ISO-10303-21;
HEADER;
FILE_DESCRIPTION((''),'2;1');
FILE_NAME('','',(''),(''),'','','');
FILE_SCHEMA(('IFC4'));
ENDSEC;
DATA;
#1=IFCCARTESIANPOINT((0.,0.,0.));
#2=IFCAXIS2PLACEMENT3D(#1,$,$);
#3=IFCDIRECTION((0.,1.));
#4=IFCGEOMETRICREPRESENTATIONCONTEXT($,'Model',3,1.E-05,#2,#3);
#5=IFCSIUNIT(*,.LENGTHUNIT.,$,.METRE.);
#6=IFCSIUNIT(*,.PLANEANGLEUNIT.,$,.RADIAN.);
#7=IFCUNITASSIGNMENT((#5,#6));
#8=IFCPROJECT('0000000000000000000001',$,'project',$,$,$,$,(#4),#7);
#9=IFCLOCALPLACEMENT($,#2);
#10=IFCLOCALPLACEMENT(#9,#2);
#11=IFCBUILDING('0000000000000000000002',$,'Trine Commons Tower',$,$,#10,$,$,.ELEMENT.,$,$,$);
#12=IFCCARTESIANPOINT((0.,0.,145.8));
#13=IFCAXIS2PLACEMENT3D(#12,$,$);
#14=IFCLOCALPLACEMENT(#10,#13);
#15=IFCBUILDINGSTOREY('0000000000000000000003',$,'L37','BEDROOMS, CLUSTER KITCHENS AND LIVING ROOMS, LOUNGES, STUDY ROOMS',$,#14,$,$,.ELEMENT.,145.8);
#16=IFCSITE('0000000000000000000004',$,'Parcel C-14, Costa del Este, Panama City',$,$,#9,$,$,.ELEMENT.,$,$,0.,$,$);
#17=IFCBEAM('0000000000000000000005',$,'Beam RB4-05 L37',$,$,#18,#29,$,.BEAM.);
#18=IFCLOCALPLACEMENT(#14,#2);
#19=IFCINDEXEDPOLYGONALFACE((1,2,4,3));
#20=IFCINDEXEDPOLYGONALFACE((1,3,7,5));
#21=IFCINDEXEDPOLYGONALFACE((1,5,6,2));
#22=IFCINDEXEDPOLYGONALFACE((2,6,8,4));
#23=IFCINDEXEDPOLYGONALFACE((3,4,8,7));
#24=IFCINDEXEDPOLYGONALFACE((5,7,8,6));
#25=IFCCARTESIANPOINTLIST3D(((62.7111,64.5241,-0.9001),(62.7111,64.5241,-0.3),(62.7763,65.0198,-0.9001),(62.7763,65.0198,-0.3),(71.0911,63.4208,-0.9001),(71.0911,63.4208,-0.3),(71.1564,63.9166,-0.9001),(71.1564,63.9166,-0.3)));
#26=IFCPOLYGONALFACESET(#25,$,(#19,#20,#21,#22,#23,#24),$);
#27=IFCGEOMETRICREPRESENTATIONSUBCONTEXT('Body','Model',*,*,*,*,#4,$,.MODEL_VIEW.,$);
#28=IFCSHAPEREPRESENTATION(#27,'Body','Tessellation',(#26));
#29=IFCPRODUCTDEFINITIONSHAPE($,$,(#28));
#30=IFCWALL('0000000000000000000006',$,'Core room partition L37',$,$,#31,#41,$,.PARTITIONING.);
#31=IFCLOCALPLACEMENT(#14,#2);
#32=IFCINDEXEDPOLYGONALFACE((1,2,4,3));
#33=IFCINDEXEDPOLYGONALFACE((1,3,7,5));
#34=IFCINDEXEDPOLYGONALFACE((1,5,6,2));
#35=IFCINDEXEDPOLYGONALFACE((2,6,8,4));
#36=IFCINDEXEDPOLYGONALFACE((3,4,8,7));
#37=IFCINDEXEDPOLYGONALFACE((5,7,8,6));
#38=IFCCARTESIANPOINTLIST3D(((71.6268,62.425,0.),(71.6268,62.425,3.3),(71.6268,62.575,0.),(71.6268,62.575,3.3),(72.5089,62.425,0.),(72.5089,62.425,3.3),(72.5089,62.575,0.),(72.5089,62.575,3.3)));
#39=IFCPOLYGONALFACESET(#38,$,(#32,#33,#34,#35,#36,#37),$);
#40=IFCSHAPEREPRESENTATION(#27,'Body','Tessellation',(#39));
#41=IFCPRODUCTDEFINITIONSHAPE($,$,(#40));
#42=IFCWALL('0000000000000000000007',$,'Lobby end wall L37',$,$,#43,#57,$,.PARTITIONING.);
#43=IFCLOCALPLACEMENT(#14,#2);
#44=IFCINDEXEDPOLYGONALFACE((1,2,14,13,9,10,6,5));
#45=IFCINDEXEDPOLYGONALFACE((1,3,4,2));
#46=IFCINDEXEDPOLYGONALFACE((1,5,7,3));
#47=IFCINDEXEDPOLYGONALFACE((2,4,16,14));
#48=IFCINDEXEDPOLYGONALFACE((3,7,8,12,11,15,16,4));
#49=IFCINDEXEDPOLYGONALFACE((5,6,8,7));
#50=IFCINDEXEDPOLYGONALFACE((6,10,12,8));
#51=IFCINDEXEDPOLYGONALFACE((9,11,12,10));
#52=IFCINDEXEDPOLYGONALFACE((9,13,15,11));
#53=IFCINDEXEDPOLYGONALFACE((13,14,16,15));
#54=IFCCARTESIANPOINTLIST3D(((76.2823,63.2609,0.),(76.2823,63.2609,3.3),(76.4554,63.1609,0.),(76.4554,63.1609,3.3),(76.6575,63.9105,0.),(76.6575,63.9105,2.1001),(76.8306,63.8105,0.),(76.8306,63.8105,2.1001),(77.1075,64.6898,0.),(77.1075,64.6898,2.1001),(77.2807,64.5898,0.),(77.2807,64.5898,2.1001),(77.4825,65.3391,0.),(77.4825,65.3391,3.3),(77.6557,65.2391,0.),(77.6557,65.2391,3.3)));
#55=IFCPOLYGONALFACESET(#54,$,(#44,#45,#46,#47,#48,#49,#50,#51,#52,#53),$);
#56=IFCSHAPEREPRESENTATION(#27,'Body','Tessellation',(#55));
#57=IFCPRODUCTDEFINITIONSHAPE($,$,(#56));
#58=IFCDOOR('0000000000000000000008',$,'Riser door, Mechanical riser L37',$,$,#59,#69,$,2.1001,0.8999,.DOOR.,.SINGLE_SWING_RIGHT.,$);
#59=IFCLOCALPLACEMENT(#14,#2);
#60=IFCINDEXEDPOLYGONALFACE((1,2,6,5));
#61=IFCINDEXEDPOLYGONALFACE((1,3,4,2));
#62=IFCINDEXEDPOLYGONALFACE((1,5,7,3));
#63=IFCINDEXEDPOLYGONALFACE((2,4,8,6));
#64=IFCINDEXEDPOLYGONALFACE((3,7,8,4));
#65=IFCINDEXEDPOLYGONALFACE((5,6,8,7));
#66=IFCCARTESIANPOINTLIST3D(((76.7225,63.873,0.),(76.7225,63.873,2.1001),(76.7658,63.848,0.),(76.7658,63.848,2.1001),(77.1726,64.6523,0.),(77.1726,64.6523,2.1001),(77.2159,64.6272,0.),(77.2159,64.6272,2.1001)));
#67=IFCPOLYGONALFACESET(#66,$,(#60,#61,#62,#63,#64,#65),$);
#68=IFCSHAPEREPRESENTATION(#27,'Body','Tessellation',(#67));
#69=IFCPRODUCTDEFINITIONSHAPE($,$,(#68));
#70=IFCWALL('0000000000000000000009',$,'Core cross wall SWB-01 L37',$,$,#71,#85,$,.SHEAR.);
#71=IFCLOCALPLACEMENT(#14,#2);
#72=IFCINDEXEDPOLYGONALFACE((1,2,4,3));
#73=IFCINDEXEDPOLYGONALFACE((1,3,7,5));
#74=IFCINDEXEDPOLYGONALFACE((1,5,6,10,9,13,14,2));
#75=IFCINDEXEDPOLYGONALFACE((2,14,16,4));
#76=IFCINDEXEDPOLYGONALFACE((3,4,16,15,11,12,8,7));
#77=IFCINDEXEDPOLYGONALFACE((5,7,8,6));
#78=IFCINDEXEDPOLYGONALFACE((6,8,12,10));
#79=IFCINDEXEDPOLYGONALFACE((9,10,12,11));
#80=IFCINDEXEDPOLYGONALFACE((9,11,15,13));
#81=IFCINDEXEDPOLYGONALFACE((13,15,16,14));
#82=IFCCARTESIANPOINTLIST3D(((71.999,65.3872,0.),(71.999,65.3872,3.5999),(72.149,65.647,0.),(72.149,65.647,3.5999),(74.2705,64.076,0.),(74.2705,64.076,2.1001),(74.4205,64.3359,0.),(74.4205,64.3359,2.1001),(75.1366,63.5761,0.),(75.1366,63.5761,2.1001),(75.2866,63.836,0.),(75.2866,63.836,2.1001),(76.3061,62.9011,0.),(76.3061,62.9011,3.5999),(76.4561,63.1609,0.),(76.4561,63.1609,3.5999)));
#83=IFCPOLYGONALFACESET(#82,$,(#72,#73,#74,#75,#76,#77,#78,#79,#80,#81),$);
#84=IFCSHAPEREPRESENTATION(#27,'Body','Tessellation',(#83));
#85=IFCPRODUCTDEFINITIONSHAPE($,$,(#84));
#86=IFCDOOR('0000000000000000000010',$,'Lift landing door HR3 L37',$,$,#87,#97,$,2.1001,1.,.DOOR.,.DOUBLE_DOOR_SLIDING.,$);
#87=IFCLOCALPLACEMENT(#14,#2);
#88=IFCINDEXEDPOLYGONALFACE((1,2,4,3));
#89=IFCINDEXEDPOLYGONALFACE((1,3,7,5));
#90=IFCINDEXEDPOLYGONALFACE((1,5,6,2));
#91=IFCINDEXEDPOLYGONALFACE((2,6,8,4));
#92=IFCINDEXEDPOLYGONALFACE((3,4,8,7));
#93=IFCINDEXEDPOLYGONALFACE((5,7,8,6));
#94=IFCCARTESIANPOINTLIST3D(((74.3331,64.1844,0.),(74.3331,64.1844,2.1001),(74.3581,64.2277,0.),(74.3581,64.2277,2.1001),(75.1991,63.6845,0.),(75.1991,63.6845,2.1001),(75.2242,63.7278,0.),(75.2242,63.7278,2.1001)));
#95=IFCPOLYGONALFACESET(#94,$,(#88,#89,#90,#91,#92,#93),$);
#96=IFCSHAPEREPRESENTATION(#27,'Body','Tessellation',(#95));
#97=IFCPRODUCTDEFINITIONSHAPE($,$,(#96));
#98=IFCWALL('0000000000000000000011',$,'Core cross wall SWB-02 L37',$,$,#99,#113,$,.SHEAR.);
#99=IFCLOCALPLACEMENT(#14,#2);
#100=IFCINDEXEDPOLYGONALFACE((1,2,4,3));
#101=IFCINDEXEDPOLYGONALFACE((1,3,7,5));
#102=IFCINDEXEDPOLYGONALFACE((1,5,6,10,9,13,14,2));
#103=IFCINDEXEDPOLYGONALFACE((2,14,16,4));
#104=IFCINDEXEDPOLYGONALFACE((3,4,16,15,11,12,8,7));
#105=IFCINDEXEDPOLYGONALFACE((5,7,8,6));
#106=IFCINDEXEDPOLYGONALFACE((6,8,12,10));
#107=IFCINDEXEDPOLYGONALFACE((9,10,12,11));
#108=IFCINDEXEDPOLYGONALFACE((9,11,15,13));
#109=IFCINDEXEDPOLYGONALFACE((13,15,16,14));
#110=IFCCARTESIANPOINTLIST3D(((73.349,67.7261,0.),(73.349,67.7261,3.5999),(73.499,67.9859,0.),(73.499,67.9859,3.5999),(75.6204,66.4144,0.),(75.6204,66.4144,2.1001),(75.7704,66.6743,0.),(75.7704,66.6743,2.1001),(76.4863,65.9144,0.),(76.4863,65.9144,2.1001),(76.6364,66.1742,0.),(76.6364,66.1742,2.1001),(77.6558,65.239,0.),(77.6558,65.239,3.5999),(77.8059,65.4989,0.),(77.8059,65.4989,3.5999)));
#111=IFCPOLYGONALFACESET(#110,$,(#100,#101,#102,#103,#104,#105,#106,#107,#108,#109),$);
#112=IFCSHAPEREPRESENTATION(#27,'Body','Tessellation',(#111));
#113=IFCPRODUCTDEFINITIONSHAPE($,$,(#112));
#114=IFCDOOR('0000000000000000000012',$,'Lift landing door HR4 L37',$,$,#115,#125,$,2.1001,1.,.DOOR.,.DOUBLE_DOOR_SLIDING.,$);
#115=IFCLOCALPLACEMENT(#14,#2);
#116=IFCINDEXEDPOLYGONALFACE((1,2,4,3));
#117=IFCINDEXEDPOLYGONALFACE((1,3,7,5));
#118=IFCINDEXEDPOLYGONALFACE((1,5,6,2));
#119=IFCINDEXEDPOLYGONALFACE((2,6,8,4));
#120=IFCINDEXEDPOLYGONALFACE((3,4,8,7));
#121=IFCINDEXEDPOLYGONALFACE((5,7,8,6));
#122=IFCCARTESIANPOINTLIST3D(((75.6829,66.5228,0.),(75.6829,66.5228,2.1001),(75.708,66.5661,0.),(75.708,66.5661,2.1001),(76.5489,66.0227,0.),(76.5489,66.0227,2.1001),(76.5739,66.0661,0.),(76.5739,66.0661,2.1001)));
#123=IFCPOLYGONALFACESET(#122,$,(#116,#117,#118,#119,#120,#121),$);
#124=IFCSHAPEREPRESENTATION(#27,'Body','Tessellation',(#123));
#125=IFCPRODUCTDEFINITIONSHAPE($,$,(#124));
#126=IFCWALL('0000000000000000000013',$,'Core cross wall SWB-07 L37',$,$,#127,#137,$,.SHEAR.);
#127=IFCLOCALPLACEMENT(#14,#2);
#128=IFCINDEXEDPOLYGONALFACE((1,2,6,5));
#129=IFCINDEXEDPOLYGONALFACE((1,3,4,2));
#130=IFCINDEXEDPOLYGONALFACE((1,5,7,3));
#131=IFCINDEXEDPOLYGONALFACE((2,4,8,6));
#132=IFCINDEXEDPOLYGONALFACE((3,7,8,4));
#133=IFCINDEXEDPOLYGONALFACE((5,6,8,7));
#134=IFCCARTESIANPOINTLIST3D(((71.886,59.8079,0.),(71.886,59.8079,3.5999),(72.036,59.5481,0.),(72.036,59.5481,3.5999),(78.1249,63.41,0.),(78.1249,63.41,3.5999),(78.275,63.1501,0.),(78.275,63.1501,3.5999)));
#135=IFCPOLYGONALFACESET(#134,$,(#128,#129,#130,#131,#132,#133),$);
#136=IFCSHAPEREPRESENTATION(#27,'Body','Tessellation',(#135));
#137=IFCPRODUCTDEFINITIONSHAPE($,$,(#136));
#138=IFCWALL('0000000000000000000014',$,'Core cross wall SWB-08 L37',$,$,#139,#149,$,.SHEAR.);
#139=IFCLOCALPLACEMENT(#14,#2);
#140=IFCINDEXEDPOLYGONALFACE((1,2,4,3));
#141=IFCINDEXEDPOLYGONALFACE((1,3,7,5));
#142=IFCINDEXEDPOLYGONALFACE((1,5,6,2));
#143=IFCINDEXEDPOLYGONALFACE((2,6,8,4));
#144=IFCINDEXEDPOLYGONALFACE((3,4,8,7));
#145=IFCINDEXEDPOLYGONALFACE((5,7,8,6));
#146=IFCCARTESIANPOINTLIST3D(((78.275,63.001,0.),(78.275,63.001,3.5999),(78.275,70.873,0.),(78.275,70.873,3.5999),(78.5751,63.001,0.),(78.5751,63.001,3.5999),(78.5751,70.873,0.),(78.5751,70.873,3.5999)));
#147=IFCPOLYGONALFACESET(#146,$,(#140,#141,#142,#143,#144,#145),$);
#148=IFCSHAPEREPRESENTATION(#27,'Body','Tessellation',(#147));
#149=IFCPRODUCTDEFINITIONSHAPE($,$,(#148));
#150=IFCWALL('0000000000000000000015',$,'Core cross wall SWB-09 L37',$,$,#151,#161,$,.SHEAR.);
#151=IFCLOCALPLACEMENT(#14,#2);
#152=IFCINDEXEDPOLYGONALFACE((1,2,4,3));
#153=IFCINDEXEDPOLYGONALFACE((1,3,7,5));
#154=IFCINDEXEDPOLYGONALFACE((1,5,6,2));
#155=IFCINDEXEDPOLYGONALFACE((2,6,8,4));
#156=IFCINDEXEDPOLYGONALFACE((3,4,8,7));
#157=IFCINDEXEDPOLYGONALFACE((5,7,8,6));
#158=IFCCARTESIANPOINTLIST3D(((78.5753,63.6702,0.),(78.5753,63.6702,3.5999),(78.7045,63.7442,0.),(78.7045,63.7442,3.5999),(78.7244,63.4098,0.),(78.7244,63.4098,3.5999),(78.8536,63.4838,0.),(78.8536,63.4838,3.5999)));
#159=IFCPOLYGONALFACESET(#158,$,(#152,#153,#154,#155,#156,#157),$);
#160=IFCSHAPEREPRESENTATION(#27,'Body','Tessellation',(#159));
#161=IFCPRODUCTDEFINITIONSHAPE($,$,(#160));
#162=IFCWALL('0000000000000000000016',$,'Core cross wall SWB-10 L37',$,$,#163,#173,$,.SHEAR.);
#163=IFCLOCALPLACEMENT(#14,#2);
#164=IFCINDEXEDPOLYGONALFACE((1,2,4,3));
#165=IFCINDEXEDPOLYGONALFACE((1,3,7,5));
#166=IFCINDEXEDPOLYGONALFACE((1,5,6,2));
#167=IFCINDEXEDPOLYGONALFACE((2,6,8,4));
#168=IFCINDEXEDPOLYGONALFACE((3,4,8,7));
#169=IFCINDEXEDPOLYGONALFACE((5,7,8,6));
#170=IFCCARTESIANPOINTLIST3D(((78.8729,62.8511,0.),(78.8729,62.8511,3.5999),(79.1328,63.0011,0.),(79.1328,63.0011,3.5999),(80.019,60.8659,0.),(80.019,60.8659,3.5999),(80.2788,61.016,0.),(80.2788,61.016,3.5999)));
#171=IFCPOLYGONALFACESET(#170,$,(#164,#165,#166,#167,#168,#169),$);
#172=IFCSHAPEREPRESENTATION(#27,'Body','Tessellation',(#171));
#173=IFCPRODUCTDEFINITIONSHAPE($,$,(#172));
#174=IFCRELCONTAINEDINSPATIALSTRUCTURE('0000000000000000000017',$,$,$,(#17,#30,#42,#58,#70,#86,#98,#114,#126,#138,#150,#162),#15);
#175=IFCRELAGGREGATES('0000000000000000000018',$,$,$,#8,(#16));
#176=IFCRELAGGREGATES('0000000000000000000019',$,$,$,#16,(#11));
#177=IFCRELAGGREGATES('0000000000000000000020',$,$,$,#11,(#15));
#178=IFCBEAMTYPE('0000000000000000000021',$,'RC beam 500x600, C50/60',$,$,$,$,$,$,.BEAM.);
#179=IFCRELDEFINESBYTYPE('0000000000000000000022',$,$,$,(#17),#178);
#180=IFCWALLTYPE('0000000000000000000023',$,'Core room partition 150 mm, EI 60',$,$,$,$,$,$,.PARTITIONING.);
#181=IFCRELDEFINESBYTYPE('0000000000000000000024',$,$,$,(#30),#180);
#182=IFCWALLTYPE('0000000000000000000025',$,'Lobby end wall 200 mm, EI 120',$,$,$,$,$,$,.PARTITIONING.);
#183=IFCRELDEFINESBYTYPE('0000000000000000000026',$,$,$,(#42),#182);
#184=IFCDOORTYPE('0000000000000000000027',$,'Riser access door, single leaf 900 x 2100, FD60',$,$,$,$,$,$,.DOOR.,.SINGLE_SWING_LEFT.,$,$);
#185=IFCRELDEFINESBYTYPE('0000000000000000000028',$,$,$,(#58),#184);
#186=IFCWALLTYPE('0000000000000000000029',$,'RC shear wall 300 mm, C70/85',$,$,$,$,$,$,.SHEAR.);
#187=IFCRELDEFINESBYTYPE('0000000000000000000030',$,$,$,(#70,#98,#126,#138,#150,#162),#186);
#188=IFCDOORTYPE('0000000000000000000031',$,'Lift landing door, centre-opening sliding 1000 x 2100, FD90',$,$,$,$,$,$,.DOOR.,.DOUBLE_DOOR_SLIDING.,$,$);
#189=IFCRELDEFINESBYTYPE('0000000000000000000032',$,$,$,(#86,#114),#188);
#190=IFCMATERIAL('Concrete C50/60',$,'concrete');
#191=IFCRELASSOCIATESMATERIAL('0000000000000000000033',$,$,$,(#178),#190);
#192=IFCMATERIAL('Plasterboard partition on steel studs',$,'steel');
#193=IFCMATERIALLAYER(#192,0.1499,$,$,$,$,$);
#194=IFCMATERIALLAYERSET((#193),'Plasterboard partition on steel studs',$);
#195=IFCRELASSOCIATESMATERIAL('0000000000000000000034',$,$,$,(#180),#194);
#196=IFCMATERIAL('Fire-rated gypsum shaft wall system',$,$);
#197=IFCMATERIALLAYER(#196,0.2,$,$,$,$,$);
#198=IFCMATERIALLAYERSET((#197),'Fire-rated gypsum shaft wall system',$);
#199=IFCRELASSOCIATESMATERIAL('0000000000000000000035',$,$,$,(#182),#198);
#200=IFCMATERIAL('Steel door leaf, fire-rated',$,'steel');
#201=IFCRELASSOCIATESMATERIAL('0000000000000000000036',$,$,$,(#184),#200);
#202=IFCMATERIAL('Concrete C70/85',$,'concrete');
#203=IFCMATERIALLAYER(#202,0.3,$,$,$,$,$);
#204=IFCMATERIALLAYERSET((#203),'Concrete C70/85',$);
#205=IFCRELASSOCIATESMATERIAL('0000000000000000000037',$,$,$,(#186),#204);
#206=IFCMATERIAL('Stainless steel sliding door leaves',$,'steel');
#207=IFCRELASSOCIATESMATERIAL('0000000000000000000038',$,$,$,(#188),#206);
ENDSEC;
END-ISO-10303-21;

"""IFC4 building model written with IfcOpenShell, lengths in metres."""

from ifc_helpers import new_model, si_unit, direction, frame, frame_2d, origin, origin_2d, place, context, subcontext, project, spatial, rectangle, extrude, material, layer, layer_set, material_profile, profile_set, type_object, element, fill, save


model = new_model("IFC4")

# Units and contexts
model_context = context("Model", 3, precision=1e-05, world=origin(), true_north=direction((0.0, 1.0)))
body_context = subcontext(model_context, "Body", "Model", "MODEL_VIEW")
ifc_project = project(units=[si_unit("LENGTHUNIT", "METRE"), si_unit("PLANEANGLEUNIT", "RADIAN")], contexts=[model_context])

# Site, building, storey
site_placement = place(None, origin())
site = spatial("IfcSite", under=ifc_project, at=site_placement, Name="Parcel C-14, Costa del Este, Panama City", CompositionType="ELEMENT", RefElevation=0.0)
building_placement = place(site_placement, origin())
building = spatial("IfcBuilding", under=site, at=building_placement, Name="Trine Commons Tower", CompositionType="ELEMENT")
storey_placement = place(building_placement, frame((0.0, 0.0, 145.8)))
storey = spatial("IfcBuildingStorey", under=building, at=storey_placement, Name="L37", Description="BEDROOMS, CLUSTER KITCHENS AND LIVING ROOMS, LOUNGES, STUDY ROOMS", CompositionType="ELEMENT", Elevation=145.8)

# Beam
ifc_material_1 = material(Name="Concrete C50/60", Category="concrete")
ifc_material_profile = material_profile(ifc_material_1, rectangle(XDim=0.5, YDim=0.6001, at=origin_2d()), Name="RC 500x600")
ifc_profile_set = profile_set([ifc_material_profile], Name="Concrete C50/60")
beam_type = type_object("IfcBeamType", Name="RC beam 500x600, C50/60", PredefinedType="BEAM", material=ifc_profile_set)
beam_placement = place(storey_placement, frame((71.1238, 63.6687, -0.6001), z_axis=(-0.991445, 0.130527, 0.0), x_axis=(-0.130527, -0.991445, 0.0)))
element("IfcBeam", 1, at=beam_placement, inside=storey, type_object=beam_type, Name="Beam RB4-05 L37", PredefinedType="BEAM", context=body_context, shape_type="SweptSolid", body=[
    extrude(rectangle(XDim=0.5, YDim=0.6001, at=origin_2d()), origin(), (0.0, 0.0, 1.0), 8.4524),
])

# Wall
ifc_material_2 = material(Name="Plasterboard partition on steel studs", Category="steel")
ifc_layer_1 = layer(ifc_material_2, 0.1499)
ifc_layer_set_1 = layer_set([ifc_layer_1], Name="Plasterboard partition on steel studs")
wall_type_1 = type_object("IfcWallType", Name="Core room partition 150 mm, EI 60", PredefinedType="PARTITIONING", material=ifc_layer_set_1)
wall_1_placement = place(storey_placement, frame((71.627, 62.5, 0.0), z_axis=(0.0, 0.0, 1.0), x_axis=(1.0, 0.0, 0.0)))
element("IfcWall", 2, at=wall_1_placement, inside=storey, type_object=wall_type_1, Name="Core room partition L37", PredefinedType="PARTITIONING", context=body_context, shape_type="SweptSolid", body=[
    extrude(rectangle(XDim=0.8821, YDim=0.1499, at=frame_2d((0.4409, 0.0))), origin(), (0.0, 0.0, 1.0), 3.3),
])

# Walls, openings, doors
ifc_material_3 = material(Name="Fire-rated gypsum shaft wall system")
ifc_layer_2 = layer(ifc_material_3, 0.2)
ifc_layer_set_2 = layer_set([ifc_layer_2], Name="Fire-rated gypsum shaft wall system")
wall_type_2 = type_object("IfcWallType", Name="Lobby end wall 200 mm, EI 120", PredefinedType="PARTITIONING", material=ifc_layer_set_2)
wall_2_placement = place(storey_placement, frame((77.5691, 65.2891, 0.0), z_axis=(0.0, 0.0, 1.0), x_axis=(-0.500122, -0.865955, 0.0)))
wall_2 = element("IfcWall", 3, at=wall_2_placement, inside=storey, type_object=wall_type_2, Name="Lobby end wall L37", PredefinedType="PARTITIONING", context=body_context, shape_type="SweptSolid", body=[
    extrude(rectangle(XDim=2.3999, YDim=0.2, at=frame_2d((1.2, 0.0))), origin(), (0.0, 0.0, 1.0), 3.3),
])
opening_1_placement = place(wall_2_placement, frame((0.7498, 0.0, 0.0)))
opening_1 = element("IfcOpeningElement", 4, at=opening_1_placement, cuts=wall_2, PredefinedType="OPENING", context=body_context, shape_type="SweptSolid", body=[
    extrude(rectangle(XDim=0.8999, YDim=2.1001, at=frame_2d((0.45, 1.05))), frame((0.0, 0.1099, 0.0), z_axis=(0.0, -1.0, 0.0), x_axis=(1.0, 0.0, 0.0)), (0.0, 0.0, 1.0), 0.22),
])
ifc_material_4 = material(Name="Steel door leaf, fire-rated", Category="steel")
door_type_1 = type_object("IfcDoorType", Name="Riser access door, single leaf 900 x 2100, FD60", OperationType="SINGLE_SWING_LEFT", PredefinedType="DOOR", material=ifc_material_4)
door_1_placement = place(opening_1_placement, frame((0.8999, 0.0, 0.0), z_axis=(0.0, 0.0, 1.0), x_axis=(-1.0, 0.0, 0.0)))
door_1 = element("IfcDoor", 5, at=door_1_placement, inside=storey, type_object=door_type_1, Name="Riser door, Mechanical riser L37", OperationType="SINGLE_SWING_RIGHT", OverallHeight=2.1001, OverallWidth=0.8999, PredefinedType="DOOR", context=body_context, shape_type="SweptSolid", body=[
    extrude(rectangle(XDim=0.8999, YDim=2.1001, at=frame_2d((0.45, 1.05))), frame((0.0, 0.0249, 0.0), z_axis=(0.0, -1.0, 0.0), x_axis=(1.0, 0.0, 0.0)), (0.0, 0.0, 1.0), 0.05),
])
fill(opening_1, door_1)
ifc_material_5 = material(Name="Concrete C70/85", Category="concrete")
ifc_layer_3 = layer(ifc_material_5, 0.3)
ifc_layer_set_3 = layer_set([ifc_layer_3], Name="Concrete C70/85")
wall_type_3 = type_object("IfcWallType", Name="RC shear wall 300 mm, C70/85", PredefinedType="SHEAR", material=ifc_layer_set_3)
wall_3_placement = place(storey_placement, frame((76.3811, 63.031, 0.0), z_axis=(0.0, 0.0, 1.0), x_axis=(-0.866081, 0.499904, 0.0)))
wall_3 = element("IfcWall", 6, at=wall_3_placement, inside=storey, type_object=wall_type_3, Name="Core cross wall SWB-01 L37", PredefinedType="SHEAR", context=body_context, shape_type="SweptSolid", body=[
    extrude(rectangle(XDim=4.9731, YDim=0.3, at=frame_2d((2.4866, 0.0))), origin(), (0.0, 0.0, 1.0), 3.5999),
])
opening_2_placement = place(wall_3_placement, frame((1.3503, 0.0, 0.0)))
opening_2 = element("IfcOpeningElement", 7, at=opening_2_placement, cuts=wall_3, PredefinedType="OPENING", context=body_context, shape_type="SweptSolid", body=[
    extrude(rectangle(XDim=1.0, YDim=2.1001, at=frame_2d((0.5, 1.05))), frame((0.0, 0.1599, 0.0), z_axis=(0.0, -1.0, 0.0), x_axis=(1.0, 0.0, 0.0)), (0.0, 0.0, 1.0), 0.3201),
])
ifc_material_6 = material(Name="Stainless steel sliding door leaves", Category="steel")
door_type_2 = type_object("IfcDoorType", Name="Lift landing door, centre-opening sliding 1000 x 2100, FD90", OperationType="DOUBLE_DOOR_SLIDING", PredefinedType="DOOR", material=ifc_material_6)
door_2_placement = place(opening_2_placement, origin())
door_2 = element("IfcDoor", 8, at=door_2_placement, inside=storey, type_object=door_type_2, Name="Lift landing door HR3 L37", OperationType="DOUBLE_DOOR_SLIDING", OverallHeight=2.1001, OverallWidth=1.0, PredefinedType="DOOR", context=body_context, shape_type="SweptSolid", body=[
    extrude(rectangle(XDim=1.0, YDim=2.1001, at=frame_2d((0.5, 1.05))), frame((0.0, 0.0249, 0.0), z_axis=(0.0, -1.0, 0.0), x_axis=(1.0, 0.0, 0.0)), (0.0, 0.0, 1.0), 0.05),
])
fill(opening_2, door_2)
wall_4_placement = place(storey_placement, frame((77.731, 65.3689, 0.0), z_axis=(0.0, 0.0, 1.0), x_axis=(-0.865984, 0.500072, 0.0)))
wall_4 = element("IfcWall", 9, at=wall_4_placement, inside=storey, type_object=wall_type_3, Name="Core cross wall SWB-02 L37", PredefinedType="SHEAR", context=body_context, shape_type="SweptSolid", body=[
    extrude(rectangle(XDim=4.9734, YDim=0.3, at=frame_2d((2.4868, 0.0))), origin(), (0.0, 0.0, 1.0), 3.5999),
])
opening_3_placement = place(wall_4_placement, frame((1.3506, 0.0, 0.0)))
opening_3 = element("IfcOpeningElement", 10, at=opening_3_placement, cuts=wall_4, PredefinedType="OPENING", context=body_context, shape_type="SweptSolid", body=[
    extrude(rectangle(XDim=1.0, YDim=2.1001, at=frame_2d((0.5, 1.05))), frame((0.0, 0.1599, 0.0), z_axis=(0.0, -1.0, 0.0), x_axis=(1.0, 0.0, 0.0)), (0.0, 0.0, 1.0), 0.3201),
])
door_3_placement = place(opening_3_placement, origin())
door_3 = element("IfcDoor", 11, at=door_3_placement, inside=storey, type_object=door_type_2, Name="Lift landing door HR4 L37", OperationType="DOUBLE_DOOR_SLIDING", OverallHeight=2.1001, OverallWidth=1.0, PredefinedType="DOOR", context=body_context, shape_type="SweptSolid", body=[
    extrude(rectangle(XDim=1.0, YDim=2.1001, at=frame_2d((0.5, 1.05))), frame((0.0, 0.0249, 0.0), z_axis=(0.0, -1.0, 0.0), x_axis=(1.0, 0.0, 0.0)), (0.0, 0.0, 1.0), 0.05),
])
fill(opening_3, door_3)

# Walls
wall_5_placement = place(storey_placement, frame((78.2, 63.28, 0.0), z_axis=(0.0, 0.0, 1.0), x_axis=(-0.866028, -0.499995, 0.0)))
element("IfcWall", 12, at=wall_5_placement, inside=storey, type_object=wall_type_3, Name="Core cross wall SWB-07 L37", PredefinedType="SHEAR", context=body_context, shape_type="SweptSolid", body=[
    extrude(rectangle(XDim=7.2041, YDim=0.3, at=frame_2d((3.6021, 0.0))), origin(), (0.0, 0.0, 1.0), 3.5999),
])
wall_6_placement = place(storey_placement, frame((78.425, 63.001, 0.0), z_axis=(0.0, 0.0, 1.0), x_axis=(0.0, 1.0, 0.0)))
element("IfcWall", 13, at=wall_6_placement, inside=storey, type_object=wall_type_3, Name="Core cross wall SWB-08 L37", PredefinedType="SHEAR", context=body_context, shape_type="SweptSolid", body=[
    extrude(rectangle(XDim=7.8721, YDim=0.3, at=frame_2d((3.936, 0.0))), origin(), (0.0, 0.0, 1.0), 3.5999),
])
wall_7_placement = place(storey_placement, frame((78.7791, 63.614, 0.0), z_axis=(0.0, 0.0, 1.0), x_axis=(-0.867738, -0.497022, 0.0)))
element("IfcWall", 14, at=wall_7_placement, inside=storey, type_object=wall_type_3, Name="Core cross wall SWB-09 L37", PredefinedType="SHEAR", context=body_context, shape_type="SweptSolid", body=[
    extrude(rectangle(XDim=0.1489, YDim=0.3, at=frame_2d((0.0745, 0.0))), origin(), (0.0, 0.0, 1.0), 3.5999),
])
wall_8_placement = place(storey_placement, frame((79.0029, 62.926, 0.0), z_axis=(0.0, 0.0, 1.0), x_axis=(0.499965, -0.866045, 0.0)))
element("IfcWall", 15, at=wall_8_placement, inside=storey, type_object=wall_type_3, Name="Core cross wall SWB-10 L37", PredefinedType="SHEAR", context=body_context, shape_type="SweptSolid", body=[
    extrude(rectangle(XDim=2.2922, YDim=0.3, at=frame_2d((1.146, 0.0))), origin(), (0.0, 0.0, 1.0), 3.5999),
])

save(model, "model.ifc")
